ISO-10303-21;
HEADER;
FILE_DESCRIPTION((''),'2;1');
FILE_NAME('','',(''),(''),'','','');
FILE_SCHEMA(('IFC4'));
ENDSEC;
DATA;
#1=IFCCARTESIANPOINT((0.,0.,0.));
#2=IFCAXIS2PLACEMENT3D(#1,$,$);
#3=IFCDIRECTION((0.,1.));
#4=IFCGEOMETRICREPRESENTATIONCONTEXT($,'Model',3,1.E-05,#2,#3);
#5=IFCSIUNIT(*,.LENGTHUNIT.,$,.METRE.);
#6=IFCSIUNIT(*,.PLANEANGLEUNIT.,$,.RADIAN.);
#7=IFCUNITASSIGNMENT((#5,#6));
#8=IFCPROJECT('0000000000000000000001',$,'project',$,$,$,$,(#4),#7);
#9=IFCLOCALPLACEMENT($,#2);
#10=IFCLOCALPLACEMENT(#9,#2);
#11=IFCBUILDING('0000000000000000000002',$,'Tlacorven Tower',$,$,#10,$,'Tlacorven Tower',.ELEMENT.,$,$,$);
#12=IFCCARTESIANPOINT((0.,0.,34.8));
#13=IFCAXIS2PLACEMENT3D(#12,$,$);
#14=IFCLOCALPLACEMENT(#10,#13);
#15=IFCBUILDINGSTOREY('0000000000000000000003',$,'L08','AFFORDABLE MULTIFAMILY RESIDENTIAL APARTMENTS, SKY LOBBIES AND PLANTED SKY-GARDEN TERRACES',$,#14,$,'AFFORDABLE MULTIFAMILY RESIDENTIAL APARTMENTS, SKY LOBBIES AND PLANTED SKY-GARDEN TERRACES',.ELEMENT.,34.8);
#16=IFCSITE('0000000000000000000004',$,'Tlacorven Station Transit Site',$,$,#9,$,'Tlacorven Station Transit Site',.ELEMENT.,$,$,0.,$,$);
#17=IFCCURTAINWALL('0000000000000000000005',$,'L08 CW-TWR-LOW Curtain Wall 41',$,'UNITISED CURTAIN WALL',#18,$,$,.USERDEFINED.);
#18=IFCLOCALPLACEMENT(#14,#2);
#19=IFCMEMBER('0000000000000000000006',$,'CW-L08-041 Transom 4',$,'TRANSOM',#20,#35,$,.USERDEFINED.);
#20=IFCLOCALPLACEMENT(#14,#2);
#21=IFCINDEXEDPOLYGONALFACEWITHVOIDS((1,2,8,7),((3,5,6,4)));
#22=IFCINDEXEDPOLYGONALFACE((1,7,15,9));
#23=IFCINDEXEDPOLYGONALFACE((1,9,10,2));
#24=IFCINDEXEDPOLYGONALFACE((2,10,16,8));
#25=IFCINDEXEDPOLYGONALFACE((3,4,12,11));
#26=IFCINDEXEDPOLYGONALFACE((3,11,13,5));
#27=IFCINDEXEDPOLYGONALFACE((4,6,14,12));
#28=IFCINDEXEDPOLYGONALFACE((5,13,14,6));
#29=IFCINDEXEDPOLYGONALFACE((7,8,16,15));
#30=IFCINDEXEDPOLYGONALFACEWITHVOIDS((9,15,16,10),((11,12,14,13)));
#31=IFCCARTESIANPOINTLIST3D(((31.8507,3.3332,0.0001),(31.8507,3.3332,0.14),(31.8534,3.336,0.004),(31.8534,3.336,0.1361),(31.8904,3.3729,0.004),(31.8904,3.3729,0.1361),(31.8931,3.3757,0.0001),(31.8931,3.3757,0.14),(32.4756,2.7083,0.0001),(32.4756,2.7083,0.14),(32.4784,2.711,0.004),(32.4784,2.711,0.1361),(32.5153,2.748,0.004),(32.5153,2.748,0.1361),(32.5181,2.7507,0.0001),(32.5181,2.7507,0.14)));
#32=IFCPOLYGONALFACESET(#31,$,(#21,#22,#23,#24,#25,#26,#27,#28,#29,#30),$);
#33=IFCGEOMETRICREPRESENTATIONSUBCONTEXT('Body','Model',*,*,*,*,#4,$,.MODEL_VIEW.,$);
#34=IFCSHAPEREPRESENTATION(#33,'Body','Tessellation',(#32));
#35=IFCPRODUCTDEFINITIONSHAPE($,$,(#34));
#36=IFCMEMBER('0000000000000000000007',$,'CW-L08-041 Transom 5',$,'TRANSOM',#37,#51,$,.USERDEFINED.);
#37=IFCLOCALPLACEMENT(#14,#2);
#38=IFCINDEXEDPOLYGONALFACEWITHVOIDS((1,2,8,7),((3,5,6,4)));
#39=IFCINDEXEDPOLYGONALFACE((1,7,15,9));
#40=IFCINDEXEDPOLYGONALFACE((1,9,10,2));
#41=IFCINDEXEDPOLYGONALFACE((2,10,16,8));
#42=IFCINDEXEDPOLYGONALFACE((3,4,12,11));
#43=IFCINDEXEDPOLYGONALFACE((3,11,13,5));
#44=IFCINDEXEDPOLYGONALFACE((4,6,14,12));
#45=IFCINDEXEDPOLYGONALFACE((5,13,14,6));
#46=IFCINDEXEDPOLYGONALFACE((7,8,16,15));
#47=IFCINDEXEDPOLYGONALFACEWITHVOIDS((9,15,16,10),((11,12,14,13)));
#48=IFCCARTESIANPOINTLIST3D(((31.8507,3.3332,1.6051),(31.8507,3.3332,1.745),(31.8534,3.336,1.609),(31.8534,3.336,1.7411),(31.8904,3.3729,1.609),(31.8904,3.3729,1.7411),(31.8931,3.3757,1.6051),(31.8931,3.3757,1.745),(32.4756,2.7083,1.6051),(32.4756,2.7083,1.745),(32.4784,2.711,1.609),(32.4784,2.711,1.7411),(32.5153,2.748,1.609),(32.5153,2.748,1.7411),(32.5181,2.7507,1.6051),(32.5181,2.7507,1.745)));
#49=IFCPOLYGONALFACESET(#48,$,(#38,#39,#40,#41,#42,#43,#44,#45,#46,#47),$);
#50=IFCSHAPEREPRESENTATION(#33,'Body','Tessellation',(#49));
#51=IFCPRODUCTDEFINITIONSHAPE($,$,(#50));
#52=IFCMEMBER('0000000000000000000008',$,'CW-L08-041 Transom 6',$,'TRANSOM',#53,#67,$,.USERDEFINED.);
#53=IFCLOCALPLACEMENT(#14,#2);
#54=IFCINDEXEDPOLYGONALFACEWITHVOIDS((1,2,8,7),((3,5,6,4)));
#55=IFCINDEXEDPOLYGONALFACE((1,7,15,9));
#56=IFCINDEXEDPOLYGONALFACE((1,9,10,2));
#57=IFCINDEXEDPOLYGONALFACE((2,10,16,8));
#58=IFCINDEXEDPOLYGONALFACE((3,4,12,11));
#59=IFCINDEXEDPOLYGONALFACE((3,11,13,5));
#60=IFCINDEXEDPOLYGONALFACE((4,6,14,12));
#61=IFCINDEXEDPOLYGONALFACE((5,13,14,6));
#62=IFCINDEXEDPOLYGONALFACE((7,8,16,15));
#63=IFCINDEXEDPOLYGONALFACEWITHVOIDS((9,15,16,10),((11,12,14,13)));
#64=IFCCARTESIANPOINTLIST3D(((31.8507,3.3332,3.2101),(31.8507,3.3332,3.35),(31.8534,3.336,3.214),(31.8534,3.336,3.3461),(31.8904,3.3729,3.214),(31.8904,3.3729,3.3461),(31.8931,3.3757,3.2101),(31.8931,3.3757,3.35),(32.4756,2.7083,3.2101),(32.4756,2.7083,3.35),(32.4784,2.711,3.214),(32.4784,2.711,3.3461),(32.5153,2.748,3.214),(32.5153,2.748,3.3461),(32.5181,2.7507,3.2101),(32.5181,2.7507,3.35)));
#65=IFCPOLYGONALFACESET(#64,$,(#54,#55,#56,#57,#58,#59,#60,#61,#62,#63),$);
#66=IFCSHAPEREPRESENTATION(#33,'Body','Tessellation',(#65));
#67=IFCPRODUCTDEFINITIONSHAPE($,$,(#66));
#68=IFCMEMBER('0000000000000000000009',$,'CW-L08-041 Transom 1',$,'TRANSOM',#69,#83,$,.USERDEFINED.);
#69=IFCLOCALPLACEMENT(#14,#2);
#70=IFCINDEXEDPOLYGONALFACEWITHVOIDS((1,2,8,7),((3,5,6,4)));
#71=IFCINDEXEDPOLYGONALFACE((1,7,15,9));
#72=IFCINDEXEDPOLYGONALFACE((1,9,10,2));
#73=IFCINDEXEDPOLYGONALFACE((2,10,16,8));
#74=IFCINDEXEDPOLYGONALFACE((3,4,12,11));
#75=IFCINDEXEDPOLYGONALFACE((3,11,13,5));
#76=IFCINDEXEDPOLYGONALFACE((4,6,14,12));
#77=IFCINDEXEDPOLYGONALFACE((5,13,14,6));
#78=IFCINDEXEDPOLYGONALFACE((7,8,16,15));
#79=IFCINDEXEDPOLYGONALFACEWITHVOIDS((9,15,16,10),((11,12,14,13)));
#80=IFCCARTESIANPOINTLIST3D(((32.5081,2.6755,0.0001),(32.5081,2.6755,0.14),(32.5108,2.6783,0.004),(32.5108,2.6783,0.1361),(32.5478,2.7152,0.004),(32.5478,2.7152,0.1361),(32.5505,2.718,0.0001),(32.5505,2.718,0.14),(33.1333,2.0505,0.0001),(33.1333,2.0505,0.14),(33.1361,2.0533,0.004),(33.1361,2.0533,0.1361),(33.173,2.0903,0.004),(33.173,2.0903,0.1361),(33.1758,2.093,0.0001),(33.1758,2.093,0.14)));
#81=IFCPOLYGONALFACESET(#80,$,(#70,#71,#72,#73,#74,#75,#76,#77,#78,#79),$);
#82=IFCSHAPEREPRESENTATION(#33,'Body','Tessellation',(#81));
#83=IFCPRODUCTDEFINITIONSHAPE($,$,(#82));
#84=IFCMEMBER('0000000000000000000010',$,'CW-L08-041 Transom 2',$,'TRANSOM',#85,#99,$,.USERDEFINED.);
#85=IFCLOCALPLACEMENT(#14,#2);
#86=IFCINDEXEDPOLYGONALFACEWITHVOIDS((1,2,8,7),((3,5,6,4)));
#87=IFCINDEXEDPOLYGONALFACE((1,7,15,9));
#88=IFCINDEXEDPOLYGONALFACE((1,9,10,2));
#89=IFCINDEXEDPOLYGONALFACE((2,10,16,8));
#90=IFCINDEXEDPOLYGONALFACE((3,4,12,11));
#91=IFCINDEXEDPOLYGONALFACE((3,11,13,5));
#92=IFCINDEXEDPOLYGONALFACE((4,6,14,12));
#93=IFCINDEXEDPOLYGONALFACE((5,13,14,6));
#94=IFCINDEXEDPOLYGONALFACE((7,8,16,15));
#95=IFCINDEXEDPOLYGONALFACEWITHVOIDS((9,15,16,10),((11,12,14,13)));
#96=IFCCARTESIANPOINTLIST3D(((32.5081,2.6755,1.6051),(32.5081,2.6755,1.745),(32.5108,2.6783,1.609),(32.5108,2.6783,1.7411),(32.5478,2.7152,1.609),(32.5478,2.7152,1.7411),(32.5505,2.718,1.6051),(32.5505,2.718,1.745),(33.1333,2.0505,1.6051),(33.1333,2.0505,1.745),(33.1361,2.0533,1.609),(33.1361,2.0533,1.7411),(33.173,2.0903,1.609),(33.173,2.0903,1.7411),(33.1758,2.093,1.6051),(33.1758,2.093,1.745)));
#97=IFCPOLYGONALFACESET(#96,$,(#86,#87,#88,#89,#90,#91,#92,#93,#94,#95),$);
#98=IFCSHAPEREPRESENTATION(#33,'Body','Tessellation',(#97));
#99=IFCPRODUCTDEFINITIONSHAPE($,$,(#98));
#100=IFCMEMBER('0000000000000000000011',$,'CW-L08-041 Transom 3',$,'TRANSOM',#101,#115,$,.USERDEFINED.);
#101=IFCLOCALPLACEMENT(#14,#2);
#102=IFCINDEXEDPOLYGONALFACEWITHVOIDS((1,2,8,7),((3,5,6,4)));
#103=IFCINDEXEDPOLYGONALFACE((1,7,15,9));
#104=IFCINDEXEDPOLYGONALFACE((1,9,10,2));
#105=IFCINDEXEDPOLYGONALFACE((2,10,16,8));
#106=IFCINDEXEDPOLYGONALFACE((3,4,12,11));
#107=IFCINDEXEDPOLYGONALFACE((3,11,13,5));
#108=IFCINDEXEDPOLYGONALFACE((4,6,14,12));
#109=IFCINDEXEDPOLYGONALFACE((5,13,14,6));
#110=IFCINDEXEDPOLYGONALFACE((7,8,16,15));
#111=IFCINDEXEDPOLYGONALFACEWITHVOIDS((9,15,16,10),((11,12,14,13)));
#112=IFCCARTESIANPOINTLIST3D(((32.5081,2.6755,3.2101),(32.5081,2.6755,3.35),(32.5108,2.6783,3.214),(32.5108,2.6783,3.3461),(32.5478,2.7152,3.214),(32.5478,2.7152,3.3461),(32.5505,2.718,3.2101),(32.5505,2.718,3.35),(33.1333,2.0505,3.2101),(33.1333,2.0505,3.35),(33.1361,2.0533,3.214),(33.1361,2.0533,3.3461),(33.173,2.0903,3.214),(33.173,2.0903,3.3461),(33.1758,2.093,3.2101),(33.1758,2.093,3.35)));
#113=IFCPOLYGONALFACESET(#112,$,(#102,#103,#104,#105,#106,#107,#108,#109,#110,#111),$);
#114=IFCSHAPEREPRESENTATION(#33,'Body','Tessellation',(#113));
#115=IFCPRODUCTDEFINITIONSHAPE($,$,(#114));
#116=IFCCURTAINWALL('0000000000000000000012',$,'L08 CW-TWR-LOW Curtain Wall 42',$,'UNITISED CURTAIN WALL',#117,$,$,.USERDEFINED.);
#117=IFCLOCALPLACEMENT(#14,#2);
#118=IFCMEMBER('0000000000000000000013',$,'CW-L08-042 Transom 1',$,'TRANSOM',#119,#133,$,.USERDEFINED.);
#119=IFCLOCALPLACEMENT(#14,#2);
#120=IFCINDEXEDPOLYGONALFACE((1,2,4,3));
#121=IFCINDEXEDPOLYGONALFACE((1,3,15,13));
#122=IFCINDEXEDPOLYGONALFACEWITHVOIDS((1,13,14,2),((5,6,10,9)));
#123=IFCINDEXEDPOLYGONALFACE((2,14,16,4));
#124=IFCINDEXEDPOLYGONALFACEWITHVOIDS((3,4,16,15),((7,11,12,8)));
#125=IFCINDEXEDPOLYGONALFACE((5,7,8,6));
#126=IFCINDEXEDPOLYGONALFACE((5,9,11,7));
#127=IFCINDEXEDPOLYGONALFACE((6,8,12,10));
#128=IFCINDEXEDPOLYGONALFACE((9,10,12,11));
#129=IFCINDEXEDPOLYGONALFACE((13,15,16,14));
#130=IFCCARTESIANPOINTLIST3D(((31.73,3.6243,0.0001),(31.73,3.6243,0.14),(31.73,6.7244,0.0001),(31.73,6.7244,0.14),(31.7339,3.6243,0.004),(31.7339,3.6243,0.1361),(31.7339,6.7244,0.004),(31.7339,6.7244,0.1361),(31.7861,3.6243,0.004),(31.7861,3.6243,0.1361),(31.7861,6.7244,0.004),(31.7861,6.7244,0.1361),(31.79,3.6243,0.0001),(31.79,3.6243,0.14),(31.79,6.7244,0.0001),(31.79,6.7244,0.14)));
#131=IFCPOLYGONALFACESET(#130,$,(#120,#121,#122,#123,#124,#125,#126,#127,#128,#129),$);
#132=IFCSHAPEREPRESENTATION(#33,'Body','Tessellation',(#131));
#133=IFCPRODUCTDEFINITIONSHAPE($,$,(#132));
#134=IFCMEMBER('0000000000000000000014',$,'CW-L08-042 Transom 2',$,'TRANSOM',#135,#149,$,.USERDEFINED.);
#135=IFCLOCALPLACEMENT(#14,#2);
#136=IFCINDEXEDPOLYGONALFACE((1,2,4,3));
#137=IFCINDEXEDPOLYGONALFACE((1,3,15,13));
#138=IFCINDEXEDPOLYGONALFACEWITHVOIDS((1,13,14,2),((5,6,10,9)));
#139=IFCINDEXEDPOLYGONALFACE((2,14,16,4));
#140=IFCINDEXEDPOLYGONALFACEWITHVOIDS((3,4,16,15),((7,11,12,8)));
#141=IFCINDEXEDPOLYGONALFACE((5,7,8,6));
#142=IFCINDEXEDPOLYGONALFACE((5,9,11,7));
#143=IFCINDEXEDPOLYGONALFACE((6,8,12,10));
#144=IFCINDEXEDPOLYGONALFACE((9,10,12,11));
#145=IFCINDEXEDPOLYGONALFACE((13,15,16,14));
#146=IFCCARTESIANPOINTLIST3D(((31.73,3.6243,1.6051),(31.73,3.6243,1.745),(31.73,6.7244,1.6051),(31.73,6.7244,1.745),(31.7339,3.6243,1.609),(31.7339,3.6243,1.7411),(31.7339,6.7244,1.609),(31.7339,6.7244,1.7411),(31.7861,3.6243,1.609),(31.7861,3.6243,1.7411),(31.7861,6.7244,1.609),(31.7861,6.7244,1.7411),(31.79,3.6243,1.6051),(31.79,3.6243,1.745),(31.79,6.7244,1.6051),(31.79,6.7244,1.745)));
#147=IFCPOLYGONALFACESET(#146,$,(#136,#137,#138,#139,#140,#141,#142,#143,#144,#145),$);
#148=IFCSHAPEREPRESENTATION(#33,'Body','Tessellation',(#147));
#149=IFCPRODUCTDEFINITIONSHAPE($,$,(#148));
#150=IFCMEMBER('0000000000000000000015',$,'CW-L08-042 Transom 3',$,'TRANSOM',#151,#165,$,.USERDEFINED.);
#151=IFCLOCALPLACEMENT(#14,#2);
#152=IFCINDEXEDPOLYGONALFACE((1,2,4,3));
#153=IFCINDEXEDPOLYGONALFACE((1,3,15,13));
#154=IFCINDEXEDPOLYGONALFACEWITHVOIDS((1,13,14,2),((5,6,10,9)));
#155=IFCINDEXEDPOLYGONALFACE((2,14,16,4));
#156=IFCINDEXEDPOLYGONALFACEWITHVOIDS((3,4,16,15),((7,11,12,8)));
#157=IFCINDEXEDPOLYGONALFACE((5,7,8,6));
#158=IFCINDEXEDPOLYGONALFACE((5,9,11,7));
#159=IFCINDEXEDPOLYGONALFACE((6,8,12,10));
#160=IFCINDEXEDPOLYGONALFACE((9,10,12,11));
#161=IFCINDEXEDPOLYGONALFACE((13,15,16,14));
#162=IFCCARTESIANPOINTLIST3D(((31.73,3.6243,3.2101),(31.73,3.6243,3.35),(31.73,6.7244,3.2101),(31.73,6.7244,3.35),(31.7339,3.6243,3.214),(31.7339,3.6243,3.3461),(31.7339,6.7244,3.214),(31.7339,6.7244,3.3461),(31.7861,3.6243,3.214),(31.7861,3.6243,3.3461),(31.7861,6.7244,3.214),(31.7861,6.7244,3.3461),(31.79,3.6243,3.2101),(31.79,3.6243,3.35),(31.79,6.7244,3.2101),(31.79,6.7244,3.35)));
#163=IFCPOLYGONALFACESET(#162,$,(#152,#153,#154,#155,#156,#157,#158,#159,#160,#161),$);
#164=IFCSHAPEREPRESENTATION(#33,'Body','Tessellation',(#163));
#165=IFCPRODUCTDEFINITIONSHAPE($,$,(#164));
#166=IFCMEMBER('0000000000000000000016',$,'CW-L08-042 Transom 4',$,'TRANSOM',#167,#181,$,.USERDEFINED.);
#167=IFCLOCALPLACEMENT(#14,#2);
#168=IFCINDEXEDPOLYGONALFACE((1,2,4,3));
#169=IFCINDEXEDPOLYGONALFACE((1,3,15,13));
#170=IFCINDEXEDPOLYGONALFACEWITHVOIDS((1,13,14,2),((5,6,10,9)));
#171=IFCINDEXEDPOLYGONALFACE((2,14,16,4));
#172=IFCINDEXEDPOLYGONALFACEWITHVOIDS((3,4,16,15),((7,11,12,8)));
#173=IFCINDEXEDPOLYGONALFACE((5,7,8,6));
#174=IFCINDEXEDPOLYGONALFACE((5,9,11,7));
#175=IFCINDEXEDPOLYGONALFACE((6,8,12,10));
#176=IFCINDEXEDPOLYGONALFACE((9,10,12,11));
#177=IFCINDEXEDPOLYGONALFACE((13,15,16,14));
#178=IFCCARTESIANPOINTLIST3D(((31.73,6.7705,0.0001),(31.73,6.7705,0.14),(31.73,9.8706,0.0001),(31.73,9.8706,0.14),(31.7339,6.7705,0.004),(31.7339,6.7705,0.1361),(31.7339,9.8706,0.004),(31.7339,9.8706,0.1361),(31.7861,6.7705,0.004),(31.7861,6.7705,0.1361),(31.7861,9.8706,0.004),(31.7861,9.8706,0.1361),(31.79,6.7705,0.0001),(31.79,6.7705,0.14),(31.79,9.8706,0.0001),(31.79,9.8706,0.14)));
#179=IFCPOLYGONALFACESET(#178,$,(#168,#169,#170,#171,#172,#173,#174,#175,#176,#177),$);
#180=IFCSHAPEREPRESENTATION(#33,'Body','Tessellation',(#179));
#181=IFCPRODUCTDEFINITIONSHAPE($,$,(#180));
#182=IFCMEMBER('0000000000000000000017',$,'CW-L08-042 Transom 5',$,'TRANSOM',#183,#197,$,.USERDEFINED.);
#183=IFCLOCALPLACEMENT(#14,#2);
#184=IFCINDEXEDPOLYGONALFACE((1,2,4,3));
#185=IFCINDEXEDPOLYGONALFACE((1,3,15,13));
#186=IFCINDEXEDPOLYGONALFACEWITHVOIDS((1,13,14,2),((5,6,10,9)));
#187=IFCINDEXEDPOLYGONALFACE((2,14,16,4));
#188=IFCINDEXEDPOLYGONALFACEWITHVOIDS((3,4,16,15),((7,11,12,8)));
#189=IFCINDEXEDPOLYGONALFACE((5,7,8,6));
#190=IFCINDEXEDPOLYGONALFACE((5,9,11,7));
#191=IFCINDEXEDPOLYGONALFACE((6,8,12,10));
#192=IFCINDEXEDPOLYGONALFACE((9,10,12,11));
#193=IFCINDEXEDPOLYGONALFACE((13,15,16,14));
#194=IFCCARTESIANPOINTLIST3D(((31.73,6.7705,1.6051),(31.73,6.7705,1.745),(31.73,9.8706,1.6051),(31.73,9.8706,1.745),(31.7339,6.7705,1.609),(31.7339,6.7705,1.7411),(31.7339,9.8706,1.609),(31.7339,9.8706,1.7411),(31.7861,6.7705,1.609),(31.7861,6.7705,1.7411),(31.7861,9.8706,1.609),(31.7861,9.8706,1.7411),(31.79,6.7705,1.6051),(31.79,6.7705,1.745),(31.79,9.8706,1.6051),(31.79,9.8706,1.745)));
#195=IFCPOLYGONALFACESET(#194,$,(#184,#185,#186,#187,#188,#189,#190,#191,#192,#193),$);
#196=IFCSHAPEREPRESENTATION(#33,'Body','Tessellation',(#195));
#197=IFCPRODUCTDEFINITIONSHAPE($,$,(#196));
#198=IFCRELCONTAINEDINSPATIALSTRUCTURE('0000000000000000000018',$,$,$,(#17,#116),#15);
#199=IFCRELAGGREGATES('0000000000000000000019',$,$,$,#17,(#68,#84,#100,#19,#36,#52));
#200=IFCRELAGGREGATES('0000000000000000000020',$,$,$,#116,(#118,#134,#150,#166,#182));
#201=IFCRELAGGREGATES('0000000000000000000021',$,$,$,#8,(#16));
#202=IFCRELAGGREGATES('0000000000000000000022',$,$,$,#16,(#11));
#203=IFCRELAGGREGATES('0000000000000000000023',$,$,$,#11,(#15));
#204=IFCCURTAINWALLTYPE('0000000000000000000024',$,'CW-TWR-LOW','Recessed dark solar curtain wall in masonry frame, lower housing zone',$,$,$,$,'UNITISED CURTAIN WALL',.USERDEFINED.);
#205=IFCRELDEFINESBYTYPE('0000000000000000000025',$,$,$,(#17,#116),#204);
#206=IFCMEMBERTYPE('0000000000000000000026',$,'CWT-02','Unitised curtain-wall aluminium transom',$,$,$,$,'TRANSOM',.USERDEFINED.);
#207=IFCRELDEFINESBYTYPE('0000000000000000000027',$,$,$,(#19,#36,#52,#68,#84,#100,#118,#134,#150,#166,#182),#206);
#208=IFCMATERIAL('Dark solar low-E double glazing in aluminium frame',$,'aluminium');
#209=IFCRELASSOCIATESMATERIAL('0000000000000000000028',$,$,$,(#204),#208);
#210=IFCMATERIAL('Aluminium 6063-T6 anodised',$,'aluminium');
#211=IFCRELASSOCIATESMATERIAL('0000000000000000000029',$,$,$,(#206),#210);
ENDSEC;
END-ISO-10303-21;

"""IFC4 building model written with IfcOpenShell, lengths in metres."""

from ifc_helpers import new_model, si_unit, direction, frame, origin, origin_2d, place, context, subcontext, project, spatial, hollow_rectangle, extrude, source, transform, mapped, material, material_profile, profile_set, type_object, element, aggregate, save


model = new_model("IFC4")

# Units and contexts
model_context = context("Model", 3, precision=1e-05, world=origin(), true_north=direction((0.0, 1.0)))
body_context = subcontext(model_context, "Body", "Model", "MODEL_VIEW")
ifc_project = project(units=[si_unit("LENGTHUNIT", "METRE"), si_unit("PLANEANGLEUNIT", "RADIAN")], contexts=[model_context])

# Site, building, storey
site_placement = place(None, origin())
site = spatial("IfcSite", under=ifc_project, at=site_placement, Name="Tlacorven Station Transit Site", LongName="Tlacorven Station Transit Site", CompositionType="ELEMENT", RefElevation=0.0)
building_placement = place(site_placement, origin())
building = spatial("IfcBuilding", under=site, at=building_placement, Name="Tlacorven Tower", LongName="Tlacorven Tower", CompositionType="ELEMENT")
storey_placement = place(building_placement, frame((0.0, 0.0, 34.8)))
storey = spatial("IfcBuildingStorey", under=building, at=storey_placement, Name="L08", Description="AFFORDABLE MULTIFAMILY RESIDENTIAL APARTMENTS, SKY LOBBIES AND PLANTED SKY-GARDEN TERRACES", LongName="AFFORDABLE MULTIFAMILY RESIDENTIAL APARTMENTS, SKY LOBBIES AND PLANTED SKY-GARDEN TERRACES", CompositionType="ELEMENT", Elevation=34.8)

# Curtain walls, members
ifc_material_1 = material(Name="Dark solar low-E double glazing in aluminium frame", Category="aluminium")
curtain_wall_type = type_object("IfcCurtainWallType", Name="CW-TWR-LOW", Description="Recessed dark solar curtain wall in masonry frame, lower housing zone", ElementType="UNITISED CURTAIN WALL", PredefinedType="USERDEFINED", material=ifc_material_1)
curtain_wall_1_placement = place(storey_placement, origin())
curtain_wall_1 = element("IfcCurtainWall", 1, at=curtain_wall_1_placement, inside=storey, type_object=curtain_wall_type, Name="L08 CW-TWR-LOW Curtain Wall 41", ObjectType="UNITISED CURTAIN WALL", PredefinedType="USERDEFINED")
ifc_material_2 = material(Name="Aluminium 6063-T6 anodised", Category="aluminium")
ifc_material_profile_1 = material_profile(ifc_material_2, hollow_rectangle(XDim=0.0601, YDim=0.1399, WallThickness=0.0039, at=origin_2d()), Name="ALU TRANSOM 60X140")
ifc_profile_set_1 = profile_set([ifc_material_profile_1], Name="Aluminium 6063-T6 anodised")
member_type_1 = type_object("IfcMemberType", Name="CWT-02", Description="Unitised curtain-wall aluminium transom", ElementType="TRANSOM", PredefinedType="USERDEFINED", material=ifc_profile_set_1)
shared_shape_1 = source(origin(), body_context, "Body", "SweptSolid", [
    extrude(hollow_rectangle(XDim=0.0601, YDim=0.1399, WallThickness=0.0039, at=origin_2d()), origin(), (0.0, 0.0, 1.0), 0.8838),
])
member_1_placement = place(storey_placement, frame((32.4968, 2.7295, 0.0701), z_axis=(-0.707107, 0.707107, 0.0), x_axis=(-0.707107, -0.707107, 0.0)))
member_1 = element("IfcMember", 2, at=member_1_placement, type_object=member_type_1, Name="CW-L08-041 Transom 4", ObjectType="TRANSOM", PredefinedType="USERDEFINED", context=body_context, shape_type="MappedRepresentation", body=[
    mapped(shared_shape_1, transform((0.0, 0.0, 0.0), scale=1.0)),
])
member_2_placement = place(storey_placement, frame((32.4968, 2.7295, 1.675), z_axis=(-0.707107, 0.707107, 0.0), x_axis=(-0.707107, -0.707107, 0.0)))
member_2 = element("IfcMember", 3, at=member_2_placement, type_object=member_type_1, Name="CW-L08-041 Transom 5", ObjectType="TRANSOM", PredefinedType="USERDEFINED", context=body_context, shape_type="MappedRepresentation", body=[
    mapped(shared_shape_1, transform((0.0, 0.0, 0.0), scale=1.0)),
])
member_3_placement = place(storey_placement, frame((32.4968, 2.7295, 3.28), z_axis=(-0.707107, 0.707107, 0.0), x_axis=(-0.707107, -0.707107, 0.0)))
member_3 = element("IfcMember", 4, at=member_3_placement, type_object=member_type_1, Name="CW-L08-041 Transom 6", ObjectType="TRANSOM", PredefinedType="USERDEFINED", context=body_context, shape_type="MappedRepresentation", body=[
    mapped(shared_shape_1, transform((0.0, 0.0, 0.0), scale=1.0)),
])
shared_shape_2 = source(origin(), body_context, "Body", "SweptSolid", [
    extrude(hollow_rectangle(XDim=0.0601, YDim=0.1399, WallThickness=0.0039, at=origin_2d()), origin(), (0.0, 0.0, 1.0), 0.884),
])
member_4_placement = place(storey_placement, frame((33.1545, 2.0718, 0.0701), z_axis=(-0.707245, 0.706969, 0.0), x_axis=(-0.706969, -0.707245, 0.0)))
member_4 = element("IfcMember", 5, at=member_4_placement, type_object=member_type_1, Name="CW-L08-041 Transom 1", ObjectType="TRANSOM", PredefinedType="USERDEFINED", context=body_context, shape_type="MappedRepresentation", body=[
    mapped(shared_shape_2, transform((0.0, 0.0, 0.0), scale=1.0)),
])
member_5_placement = place(storey_placement, frame((33.1545, 2.0718, 1.675), z_axis=(-0.707245, 0.706969, 0.0), x_axis=(-0.706969, -0.707245, 0.0)))
member_5 = element("IfcMember", 6, at=member_5_placement, type_object=member_type_1, Name="CW-L08-041 Transom 2", ObjectType="TRANSOM", PredefinedType="USERDEFINED", context=body_context, shape_type="MappedRepresentation", body=[
    mapped(shared_shape_2, transform((0.0, 0.0, 0.0), scale=1.0)),
])
member_6_placement = place(storey_placement, frame((33.1545, 2.0718, 3.28), z_axis=(-0.707245, 0.706969, 0.0), x_axis=(-0.706969, -0.707245, 0.0)))
member_6 = element("IfcMember", 7, at=member_6_placement, type_object=member_type_1, Name="CW-L08-041 Transom 3", ObjectType="TRANSOM", PredefinedType="USERDEFINED", context=body_context, shape_type="MappedRepresentation", body=[
    mapped(shared_shape_2, transform((0.0, 0.0, 0.0), scale=1.0)),
])
curtain_wall_2_placement = place(storey_placement, origin())
curtain_wall_2 = element("IfcCurtainWall", 8, at=curtain_wall_2_placement, inside=storey, type_object=curtain_wall_type, Name="L08 CW-TWR-LOW Curtain Wall 42", ObjectType="UNITISED CURTAIN WALL", PredefinedType="USERDEFINED")
shared_shape_3 = source(origin(), body_context, "Body", "SweptSolid", [
    extrude(hollow_rectangle(XDim=0.0601, YDim=0.1399, WallThickness=0.0039, at=origin_2d()), origin(), (0.0, 0.0, 1.0), 3.1001),
])
member_7_placement = place(storey_placement, frame((31.76, 3.6243, 0.0701), z_axis=(0.0, 1.0, 0.0), x_axis=(-1.0, 0.0, 0.0)))
member_7 = element("IfcMember", 9, at=member_7_placement, type_object=member_type_1, Name="CW-L08-042 Transom 1", ObjectType="TRANSOM", PredefinedType="USERDEFINED", context=body_context, shape_type="MappedRepresentation", body=[
    mapped(shared_shape_3, transform((0.0, 0.0, 0.0), scale=1.0)),
])
member_8_placement = place(storey_placement, frame((31.76, 3.6243, 1.675), z_axis=(0.0, 1.0, 0.0), x_axis=(-1.0, 0.0, 0.0)))
member_8 = element("IfcMember", 10, at=member_8_placement, type_object=member_type_1, Name="CW-L08-042 Transom 2", ObjectType="TRANSOM", PredefinedType="USERDEFINED", context=body_context, shape_type="MappedRepresentation", body=[
    mapped(shared_shape_3, transform((0.0, 0.0, 0.0), scale=1.0)),
])
member_9_placement = place(storey_placement, frame((31.76, 3.6243, 3.28), z_axis=(0.0, 1.0, 0.0), x_axis=(-1.0, 0.0, 0.0)))
member_9 = element("IfcMember", 11, at=member_9_placement, type_object=member_type_1, Name="CW-L08-042 Transom 3", ObjectType="TRANSOM", PredefinedType="USERDEFINED", context=body_context, shape_type="MappedRepresentation", body=[
    mapped(shared_shape_3, transform((0.0, 0.0, 0.0), scale=1.0)),
])
member_10_placement = place(storey_placement, frame((31.76, 6.7705, 0.0701), z_axis=(0.0, 1.0, 0.0), x_axis=(-1.0, 0.0, 0.0)))
member_10 = element("IfcMember", 12, at=member_10_placement, type_object=member_type_1, Name="CW-L08-042 Transom 4", ObjectType="TRANSOM", PredefinedType="USERDEFINED", context=body_context, shape_type="MappedRepresentation", body=[
    mapped(shared_shape_3, transform((0.0, 0.0, 0.0), scale=1.0)),
])
member_11_placement = place(storey_placement, frame((31.76, 6.7705, 1.675), z_axis=(0.0, 1.0, 0.0), x_axis=(-1.0, 0.0, 0.0)))
member_11 = element("IfcMember", 13, at=member_11_placement, type_object=member_type_1, Name="CW-L08-042 Transom 5", ObjectType="TRANSOM", PredefinedType="USERDEFINED", context=body_context, shape_type="MappedRepresentation", body=[
    mapped(shared_shape_3, transform((0.0, 0.0, 0.0), scale=1.0)),
])

aggregate(curtain_wall_1, [member_4, member_5, member_6, member_1, member_2, member_3])
aggregate(curtain_wall_2, [member_7, member_8, member_9, member_10, member_11])

save(model, "model.ifc")
